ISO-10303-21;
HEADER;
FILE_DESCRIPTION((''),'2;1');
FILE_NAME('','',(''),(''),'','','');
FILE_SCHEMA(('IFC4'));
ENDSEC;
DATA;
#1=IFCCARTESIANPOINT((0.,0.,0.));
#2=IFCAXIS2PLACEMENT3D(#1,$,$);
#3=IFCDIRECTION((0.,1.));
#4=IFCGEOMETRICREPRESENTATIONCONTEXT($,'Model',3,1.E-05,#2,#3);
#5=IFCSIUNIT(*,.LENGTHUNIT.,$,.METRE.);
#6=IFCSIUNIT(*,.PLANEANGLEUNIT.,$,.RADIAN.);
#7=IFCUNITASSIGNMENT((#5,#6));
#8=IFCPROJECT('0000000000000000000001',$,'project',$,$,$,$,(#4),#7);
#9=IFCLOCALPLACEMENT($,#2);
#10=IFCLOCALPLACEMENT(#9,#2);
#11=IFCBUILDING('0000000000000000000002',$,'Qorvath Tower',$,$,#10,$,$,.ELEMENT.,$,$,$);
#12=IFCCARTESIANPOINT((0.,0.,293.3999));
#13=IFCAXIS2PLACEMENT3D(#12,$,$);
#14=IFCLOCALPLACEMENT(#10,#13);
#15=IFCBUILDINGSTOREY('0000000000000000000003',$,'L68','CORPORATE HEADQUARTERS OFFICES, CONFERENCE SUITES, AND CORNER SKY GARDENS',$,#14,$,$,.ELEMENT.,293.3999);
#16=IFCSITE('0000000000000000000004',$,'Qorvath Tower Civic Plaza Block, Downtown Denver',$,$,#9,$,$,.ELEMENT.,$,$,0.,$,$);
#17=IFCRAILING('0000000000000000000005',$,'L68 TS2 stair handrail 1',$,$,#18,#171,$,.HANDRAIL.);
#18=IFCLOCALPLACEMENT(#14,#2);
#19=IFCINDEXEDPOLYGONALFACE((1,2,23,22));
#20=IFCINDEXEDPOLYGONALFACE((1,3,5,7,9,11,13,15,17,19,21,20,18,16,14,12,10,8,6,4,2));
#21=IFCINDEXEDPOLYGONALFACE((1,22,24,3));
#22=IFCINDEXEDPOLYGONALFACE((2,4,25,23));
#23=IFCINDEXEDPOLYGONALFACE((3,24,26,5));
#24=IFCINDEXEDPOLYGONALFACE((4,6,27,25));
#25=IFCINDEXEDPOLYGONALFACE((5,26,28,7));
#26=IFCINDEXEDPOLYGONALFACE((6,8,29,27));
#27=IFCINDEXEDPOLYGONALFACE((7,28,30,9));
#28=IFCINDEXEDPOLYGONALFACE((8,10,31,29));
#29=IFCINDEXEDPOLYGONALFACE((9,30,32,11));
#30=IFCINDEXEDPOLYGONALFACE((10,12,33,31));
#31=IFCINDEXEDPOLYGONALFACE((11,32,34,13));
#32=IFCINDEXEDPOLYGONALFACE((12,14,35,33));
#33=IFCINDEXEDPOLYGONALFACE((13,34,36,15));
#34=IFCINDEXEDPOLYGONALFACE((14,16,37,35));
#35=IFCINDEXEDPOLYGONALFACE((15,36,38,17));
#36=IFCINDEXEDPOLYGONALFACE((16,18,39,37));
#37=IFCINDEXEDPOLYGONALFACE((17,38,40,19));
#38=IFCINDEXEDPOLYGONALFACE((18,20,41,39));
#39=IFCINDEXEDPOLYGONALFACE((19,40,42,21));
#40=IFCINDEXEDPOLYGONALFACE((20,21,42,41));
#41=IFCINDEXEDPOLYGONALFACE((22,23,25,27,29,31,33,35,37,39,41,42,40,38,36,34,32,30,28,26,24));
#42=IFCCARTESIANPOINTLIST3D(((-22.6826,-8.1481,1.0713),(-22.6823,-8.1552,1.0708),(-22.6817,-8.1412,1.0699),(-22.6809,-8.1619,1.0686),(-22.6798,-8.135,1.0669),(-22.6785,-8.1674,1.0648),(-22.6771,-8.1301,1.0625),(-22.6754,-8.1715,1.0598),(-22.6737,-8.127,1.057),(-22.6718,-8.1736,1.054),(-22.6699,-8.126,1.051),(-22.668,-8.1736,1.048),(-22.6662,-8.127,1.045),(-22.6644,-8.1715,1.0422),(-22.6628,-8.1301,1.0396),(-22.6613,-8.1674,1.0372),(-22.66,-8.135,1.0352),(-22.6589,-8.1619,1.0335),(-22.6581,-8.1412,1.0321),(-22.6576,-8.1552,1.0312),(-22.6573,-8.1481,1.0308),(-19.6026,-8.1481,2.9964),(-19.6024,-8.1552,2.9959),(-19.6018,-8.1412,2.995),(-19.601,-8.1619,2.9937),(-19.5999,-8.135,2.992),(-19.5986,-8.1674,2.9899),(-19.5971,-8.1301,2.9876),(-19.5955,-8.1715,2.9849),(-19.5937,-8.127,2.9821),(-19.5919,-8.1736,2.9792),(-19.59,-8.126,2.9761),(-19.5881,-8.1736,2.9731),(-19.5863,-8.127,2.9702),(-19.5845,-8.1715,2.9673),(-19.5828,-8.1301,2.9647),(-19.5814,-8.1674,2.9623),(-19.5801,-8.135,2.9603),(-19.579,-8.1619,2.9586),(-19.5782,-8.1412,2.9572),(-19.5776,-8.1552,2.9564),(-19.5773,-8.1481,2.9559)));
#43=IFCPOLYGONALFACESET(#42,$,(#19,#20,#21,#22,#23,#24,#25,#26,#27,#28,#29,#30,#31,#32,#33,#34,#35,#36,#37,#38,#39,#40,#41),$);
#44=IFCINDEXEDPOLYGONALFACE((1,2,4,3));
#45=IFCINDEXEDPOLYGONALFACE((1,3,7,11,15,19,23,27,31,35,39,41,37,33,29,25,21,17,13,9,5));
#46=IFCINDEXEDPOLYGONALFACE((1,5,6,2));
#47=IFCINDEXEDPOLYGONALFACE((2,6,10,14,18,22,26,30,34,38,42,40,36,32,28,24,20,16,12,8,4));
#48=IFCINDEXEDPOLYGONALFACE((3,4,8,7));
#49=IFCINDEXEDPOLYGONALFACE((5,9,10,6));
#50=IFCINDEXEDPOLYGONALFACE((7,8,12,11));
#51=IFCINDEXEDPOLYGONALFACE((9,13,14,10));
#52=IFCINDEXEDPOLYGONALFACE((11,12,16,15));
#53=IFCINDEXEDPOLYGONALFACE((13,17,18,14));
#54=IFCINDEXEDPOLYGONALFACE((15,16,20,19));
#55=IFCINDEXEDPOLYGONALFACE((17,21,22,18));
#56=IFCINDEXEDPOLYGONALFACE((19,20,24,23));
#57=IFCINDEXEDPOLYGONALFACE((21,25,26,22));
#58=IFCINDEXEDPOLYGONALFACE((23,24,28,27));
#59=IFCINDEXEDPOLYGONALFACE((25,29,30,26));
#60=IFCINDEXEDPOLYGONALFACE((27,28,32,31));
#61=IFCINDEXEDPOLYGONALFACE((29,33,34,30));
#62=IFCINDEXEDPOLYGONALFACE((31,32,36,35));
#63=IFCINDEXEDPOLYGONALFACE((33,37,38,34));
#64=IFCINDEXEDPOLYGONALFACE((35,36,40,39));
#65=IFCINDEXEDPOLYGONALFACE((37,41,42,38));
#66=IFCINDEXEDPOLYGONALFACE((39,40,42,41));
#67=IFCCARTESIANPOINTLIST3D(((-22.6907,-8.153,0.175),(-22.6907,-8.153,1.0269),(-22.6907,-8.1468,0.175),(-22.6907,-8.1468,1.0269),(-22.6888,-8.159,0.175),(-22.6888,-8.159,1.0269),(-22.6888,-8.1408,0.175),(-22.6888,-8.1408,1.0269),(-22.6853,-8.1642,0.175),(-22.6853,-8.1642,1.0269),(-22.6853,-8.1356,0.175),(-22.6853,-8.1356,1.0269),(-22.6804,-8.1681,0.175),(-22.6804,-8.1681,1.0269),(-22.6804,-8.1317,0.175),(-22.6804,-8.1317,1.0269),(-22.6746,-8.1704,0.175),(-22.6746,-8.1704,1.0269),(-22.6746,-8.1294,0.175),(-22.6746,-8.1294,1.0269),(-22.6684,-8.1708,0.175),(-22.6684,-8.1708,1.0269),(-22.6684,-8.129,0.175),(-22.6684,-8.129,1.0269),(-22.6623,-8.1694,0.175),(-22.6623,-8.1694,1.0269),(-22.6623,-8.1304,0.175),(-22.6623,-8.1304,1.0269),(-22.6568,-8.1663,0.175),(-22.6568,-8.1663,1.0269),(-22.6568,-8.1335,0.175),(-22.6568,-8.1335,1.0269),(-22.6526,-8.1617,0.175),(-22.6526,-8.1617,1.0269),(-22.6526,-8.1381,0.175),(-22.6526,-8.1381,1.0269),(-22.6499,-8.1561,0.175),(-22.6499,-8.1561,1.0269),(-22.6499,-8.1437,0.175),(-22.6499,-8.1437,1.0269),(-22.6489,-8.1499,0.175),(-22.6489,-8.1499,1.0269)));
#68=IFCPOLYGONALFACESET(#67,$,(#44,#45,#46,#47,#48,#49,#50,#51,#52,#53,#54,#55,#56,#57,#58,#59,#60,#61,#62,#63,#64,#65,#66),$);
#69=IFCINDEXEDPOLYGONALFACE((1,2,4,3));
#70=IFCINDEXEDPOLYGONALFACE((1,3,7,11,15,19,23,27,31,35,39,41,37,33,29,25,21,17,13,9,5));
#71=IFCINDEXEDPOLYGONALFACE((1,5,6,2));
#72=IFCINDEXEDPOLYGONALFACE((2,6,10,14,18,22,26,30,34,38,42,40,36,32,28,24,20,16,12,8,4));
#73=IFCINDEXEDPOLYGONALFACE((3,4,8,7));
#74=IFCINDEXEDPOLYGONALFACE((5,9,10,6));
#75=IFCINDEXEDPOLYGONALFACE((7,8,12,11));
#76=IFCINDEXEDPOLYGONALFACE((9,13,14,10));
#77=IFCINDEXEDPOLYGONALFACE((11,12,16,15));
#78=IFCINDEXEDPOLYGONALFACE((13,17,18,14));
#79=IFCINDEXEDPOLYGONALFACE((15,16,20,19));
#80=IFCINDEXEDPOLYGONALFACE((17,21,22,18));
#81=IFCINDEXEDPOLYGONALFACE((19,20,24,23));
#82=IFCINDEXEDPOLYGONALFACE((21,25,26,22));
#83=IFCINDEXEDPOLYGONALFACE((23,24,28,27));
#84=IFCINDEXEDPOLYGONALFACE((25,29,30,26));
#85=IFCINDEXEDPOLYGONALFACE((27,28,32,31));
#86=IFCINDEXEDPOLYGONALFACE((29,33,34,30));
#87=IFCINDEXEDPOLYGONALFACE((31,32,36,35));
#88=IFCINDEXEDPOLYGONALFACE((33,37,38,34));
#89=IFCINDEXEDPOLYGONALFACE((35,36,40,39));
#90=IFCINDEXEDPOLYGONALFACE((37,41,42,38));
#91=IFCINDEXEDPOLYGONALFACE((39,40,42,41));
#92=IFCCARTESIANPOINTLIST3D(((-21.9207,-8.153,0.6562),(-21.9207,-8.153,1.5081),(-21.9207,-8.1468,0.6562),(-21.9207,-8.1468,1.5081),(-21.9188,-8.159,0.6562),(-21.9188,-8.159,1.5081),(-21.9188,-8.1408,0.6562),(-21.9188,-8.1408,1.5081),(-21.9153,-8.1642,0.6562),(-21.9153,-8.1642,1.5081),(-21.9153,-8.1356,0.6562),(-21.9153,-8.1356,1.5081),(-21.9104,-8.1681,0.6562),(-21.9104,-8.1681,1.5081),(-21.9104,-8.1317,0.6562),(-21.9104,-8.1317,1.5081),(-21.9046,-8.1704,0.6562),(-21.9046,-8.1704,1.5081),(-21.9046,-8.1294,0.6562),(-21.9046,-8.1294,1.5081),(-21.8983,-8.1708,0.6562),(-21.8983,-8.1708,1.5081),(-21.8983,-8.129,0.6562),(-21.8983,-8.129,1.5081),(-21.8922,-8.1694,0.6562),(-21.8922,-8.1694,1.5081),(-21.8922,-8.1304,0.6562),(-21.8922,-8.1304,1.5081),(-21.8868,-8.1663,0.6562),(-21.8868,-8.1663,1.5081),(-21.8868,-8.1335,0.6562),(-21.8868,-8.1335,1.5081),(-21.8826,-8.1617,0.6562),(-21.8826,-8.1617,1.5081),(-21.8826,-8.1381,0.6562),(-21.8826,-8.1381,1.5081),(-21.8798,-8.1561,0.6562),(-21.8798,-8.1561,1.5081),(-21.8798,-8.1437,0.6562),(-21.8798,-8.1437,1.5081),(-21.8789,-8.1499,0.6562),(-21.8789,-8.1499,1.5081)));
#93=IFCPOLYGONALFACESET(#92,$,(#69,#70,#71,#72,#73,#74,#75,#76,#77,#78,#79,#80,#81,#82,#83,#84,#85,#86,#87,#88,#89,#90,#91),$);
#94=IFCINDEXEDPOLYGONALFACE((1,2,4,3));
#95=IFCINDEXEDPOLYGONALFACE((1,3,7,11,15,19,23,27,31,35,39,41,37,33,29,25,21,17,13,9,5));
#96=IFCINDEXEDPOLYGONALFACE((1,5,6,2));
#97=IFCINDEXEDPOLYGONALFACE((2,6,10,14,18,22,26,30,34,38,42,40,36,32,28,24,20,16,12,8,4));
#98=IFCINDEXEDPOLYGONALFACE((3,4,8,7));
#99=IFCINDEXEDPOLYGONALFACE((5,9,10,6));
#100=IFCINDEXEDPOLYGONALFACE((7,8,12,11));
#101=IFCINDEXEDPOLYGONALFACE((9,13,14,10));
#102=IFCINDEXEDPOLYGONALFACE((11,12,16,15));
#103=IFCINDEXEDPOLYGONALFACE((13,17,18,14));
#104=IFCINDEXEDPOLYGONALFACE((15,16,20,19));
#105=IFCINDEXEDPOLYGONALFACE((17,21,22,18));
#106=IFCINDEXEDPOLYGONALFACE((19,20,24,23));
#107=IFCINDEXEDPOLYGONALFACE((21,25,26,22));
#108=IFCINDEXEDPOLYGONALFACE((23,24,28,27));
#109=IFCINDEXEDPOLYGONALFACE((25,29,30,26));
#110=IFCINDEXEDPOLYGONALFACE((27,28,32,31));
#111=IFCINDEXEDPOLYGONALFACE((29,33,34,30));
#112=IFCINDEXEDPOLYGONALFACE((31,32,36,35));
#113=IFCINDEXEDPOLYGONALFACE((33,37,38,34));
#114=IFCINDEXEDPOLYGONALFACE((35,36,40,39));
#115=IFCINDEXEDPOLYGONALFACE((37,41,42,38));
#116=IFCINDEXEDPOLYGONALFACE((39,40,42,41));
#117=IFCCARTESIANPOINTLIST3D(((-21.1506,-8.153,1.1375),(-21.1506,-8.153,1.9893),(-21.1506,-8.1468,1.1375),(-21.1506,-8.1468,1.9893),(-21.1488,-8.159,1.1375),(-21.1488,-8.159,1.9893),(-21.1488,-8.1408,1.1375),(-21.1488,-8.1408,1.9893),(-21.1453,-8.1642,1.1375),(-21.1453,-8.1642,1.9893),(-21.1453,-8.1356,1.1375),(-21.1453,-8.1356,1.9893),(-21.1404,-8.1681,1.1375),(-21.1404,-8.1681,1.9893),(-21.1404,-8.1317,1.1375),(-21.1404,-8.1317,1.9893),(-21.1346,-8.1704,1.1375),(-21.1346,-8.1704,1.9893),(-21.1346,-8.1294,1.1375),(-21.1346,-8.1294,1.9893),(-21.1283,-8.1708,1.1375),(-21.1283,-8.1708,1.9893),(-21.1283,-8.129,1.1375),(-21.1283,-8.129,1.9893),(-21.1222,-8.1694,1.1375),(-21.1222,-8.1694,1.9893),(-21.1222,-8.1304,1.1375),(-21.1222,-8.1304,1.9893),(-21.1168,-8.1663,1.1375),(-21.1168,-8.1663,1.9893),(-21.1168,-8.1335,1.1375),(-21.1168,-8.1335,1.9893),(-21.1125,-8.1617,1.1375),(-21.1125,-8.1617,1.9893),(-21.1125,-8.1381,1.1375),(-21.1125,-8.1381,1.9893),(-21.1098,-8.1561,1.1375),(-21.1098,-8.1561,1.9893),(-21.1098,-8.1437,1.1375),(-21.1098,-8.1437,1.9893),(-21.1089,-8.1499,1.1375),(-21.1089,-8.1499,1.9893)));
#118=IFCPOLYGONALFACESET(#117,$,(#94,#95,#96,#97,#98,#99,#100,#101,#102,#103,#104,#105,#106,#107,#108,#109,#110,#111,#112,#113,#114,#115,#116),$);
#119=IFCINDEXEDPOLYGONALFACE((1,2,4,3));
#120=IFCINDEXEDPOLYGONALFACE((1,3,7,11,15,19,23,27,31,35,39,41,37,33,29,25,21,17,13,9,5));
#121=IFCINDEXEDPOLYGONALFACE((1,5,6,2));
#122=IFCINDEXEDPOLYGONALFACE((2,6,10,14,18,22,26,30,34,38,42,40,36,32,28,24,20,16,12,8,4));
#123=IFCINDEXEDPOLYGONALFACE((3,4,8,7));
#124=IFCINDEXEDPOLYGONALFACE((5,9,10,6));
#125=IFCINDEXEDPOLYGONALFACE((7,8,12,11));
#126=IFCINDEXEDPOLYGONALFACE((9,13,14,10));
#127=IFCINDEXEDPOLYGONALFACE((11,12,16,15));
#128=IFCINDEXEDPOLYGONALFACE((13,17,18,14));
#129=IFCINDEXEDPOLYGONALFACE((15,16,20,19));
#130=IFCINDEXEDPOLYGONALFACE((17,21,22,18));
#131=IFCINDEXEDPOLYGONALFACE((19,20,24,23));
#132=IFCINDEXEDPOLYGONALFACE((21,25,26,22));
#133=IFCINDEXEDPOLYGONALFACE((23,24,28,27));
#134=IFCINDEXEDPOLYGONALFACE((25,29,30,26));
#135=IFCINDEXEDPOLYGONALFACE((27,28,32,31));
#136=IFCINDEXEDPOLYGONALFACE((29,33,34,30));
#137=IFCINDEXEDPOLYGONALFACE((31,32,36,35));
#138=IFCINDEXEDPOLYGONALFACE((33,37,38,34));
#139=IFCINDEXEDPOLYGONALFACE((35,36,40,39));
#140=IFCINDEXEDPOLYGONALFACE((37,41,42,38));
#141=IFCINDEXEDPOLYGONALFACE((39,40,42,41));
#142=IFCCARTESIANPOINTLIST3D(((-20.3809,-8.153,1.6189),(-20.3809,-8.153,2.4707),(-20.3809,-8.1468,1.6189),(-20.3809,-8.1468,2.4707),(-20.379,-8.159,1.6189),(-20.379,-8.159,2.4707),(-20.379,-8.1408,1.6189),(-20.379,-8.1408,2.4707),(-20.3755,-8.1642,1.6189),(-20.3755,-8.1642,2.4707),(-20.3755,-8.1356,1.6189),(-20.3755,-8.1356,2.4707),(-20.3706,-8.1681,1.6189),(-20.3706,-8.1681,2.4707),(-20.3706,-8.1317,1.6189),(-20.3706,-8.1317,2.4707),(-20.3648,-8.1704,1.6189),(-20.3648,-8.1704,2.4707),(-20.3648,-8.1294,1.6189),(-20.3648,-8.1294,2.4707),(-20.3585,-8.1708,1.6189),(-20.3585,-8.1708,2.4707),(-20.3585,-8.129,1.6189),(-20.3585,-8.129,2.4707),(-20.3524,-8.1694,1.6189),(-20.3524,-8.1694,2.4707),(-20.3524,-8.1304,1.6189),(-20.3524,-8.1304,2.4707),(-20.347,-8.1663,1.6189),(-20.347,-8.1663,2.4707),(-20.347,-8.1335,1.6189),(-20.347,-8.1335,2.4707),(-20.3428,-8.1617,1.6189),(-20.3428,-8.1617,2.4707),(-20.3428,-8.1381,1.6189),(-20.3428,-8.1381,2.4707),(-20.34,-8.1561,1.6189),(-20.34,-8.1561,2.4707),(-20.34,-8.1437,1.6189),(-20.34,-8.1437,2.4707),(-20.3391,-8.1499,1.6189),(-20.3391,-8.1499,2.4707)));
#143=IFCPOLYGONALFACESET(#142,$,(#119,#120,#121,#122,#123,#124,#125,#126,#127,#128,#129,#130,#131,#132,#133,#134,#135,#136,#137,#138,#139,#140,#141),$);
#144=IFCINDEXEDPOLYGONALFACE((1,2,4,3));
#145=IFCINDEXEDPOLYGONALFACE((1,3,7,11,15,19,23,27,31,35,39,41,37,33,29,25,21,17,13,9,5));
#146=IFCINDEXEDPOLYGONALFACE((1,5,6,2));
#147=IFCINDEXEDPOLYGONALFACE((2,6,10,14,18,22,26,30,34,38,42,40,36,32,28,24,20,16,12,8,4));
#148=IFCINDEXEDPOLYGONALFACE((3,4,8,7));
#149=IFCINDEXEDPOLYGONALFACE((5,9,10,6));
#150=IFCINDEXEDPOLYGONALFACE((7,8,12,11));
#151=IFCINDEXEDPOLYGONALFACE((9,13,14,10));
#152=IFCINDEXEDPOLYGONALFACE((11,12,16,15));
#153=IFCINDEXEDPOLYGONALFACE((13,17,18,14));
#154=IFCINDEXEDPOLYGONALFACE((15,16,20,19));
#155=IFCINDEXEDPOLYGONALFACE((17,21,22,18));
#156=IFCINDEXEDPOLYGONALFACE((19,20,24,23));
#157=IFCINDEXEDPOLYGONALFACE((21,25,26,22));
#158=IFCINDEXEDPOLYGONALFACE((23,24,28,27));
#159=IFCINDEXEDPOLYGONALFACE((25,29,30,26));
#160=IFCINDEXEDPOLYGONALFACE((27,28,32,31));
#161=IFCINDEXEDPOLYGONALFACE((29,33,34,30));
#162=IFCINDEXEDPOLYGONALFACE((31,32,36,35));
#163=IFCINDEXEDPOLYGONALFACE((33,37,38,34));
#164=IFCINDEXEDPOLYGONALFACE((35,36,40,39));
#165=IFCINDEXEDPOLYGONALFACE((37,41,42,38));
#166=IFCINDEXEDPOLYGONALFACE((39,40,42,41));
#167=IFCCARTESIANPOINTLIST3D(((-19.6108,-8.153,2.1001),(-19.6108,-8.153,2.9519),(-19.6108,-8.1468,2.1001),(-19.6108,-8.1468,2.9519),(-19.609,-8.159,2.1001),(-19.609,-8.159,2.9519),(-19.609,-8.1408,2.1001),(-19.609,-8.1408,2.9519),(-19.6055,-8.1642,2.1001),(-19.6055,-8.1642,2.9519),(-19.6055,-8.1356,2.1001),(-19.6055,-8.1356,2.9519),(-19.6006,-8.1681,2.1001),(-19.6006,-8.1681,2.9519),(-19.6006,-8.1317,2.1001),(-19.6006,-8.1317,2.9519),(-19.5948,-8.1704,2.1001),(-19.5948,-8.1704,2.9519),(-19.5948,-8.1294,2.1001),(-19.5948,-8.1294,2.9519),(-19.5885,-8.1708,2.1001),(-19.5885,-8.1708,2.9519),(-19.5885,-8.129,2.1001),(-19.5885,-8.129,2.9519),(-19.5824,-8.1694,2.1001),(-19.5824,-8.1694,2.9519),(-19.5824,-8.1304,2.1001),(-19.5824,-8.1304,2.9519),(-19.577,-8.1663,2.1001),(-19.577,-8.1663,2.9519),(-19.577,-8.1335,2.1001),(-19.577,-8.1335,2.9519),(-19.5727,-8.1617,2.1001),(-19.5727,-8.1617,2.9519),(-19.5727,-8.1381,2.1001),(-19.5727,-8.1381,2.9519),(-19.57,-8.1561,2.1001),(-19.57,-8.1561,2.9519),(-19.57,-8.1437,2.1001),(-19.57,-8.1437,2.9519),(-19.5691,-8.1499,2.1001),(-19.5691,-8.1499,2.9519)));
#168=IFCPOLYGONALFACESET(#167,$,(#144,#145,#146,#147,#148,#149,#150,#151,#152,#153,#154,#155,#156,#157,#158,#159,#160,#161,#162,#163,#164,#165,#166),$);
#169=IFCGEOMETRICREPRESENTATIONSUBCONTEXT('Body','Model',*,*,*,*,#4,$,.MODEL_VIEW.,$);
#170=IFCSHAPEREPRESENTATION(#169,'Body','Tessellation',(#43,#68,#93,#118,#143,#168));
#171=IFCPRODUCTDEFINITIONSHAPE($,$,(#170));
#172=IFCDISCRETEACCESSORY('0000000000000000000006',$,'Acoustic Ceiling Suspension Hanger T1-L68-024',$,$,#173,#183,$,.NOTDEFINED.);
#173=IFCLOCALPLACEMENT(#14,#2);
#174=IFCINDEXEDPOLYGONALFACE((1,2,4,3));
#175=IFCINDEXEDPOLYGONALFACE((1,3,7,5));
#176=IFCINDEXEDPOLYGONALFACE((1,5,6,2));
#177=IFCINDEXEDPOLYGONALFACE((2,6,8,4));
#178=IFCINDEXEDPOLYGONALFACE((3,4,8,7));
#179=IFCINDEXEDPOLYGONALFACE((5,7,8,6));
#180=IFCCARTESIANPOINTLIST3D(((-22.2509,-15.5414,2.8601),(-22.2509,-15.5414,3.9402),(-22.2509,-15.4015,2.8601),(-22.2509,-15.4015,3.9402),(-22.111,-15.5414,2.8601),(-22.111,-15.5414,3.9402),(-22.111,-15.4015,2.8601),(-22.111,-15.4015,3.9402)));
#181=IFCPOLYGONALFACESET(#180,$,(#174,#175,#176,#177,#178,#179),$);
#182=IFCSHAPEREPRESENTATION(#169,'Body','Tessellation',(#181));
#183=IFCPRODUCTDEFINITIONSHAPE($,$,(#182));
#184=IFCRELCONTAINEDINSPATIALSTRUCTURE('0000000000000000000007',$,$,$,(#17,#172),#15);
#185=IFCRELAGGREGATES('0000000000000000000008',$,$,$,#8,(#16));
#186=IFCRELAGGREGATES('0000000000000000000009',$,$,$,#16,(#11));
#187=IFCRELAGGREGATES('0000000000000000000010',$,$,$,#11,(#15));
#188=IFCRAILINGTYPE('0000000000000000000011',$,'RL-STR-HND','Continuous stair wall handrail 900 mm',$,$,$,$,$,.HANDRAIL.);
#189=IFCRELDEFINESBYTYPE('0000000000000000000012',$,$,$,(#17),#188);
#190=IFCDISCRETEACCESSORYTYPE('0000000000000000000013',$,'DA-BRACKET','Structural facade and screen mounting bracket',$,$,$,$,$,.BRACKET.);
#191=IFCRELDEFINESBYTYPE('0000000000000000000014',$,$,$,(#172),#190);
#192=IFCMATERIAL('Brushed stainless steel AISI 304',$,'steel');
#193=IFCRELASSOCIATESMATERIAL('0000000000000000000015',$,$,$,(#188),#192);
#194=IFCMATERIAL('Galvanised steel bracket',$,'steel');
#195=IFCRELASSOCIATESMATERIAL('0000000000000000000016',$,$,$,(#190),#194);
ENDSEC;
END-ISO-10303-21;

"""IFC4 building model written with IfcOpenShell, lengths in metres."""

from ifc_helpers import new_model, si_unit, direction, frame, origin, origin_2d, place, context, subcontext, project, spatial, rectangle, circle, extrude, material, type_object, element, save


model = new_model("IFC4")

# Units and contexts
model_context = context("Model", 3, precision=1e-05, world=origin(), true_north=direction((0.0, 1.0)))
body_context = subcontext(model_context, "Body", "Model", "MODEL_VIEW")
ifc_project = project(units=[si_unit("LENGTHUNIT", "METRE"), si_unit("PLANEANGLEUNIT", "RADIAN")], contexts=[model_context])

# Site, building, storey
site_placement = place(None, origin())
site = spatial("IfcSite", under=ifc_project, at=site_placement, Name="Qorvath Tower Civic Plaza Block, Downtown Denver", CompositionType="ELEMENT", RefElevation=0.0)
building_placement = place(site_placement, origin())
building = spatial("IfcBuilding", under=site, at=building_placement, Name="Qorvath Tower", CompositionType="ELEMENT")
storey_placement = place(building_placement, frame((0.0, 0.0, 293.3999)))
storey = spatial("IfcBuildingStorey", under=building, at=storey_placement, Name="L68", Description="CORPORATE HEADQUARTERS OFFICES, CONFERENCE SUITES, AND CORNER SKY GARDENS", CompositionType="ELEMENT", Elevation=293.3999)

# Railing
ifc_material_1 = material(Name="Brushed stainless steel AISI 304", Category="steel")
railing_type_1 = type_object("IfcRailingType", Name="RL-STR-HND", Description="Continuous stair wall handrail 900 mm", PredefinedType="HANDRAIL", material=ifc_material_1)
railing_1_placement = place(storey_placement, frame((-22.6699, -8.1499, 0.175)))
element("IfcRailing", 1, at=railing_1_placement, inside=storey, type_object=railing_type_1, Name="L68 TS2 stair handrail 1", PredefinedType="HANDRAIL", context=body_context, shape_type="SweptSolid", body=[
    extrude(circle(Radius=0.0239, at=origin_2d()), frame((0.0, 0.0, 0.876), z_axis=(0.847979, 0.0, 0.530029), x_axis=(0.0, 1.0, 0.0)), (0.0, 0.0, 1.0), 3.6321),
    extrude(circle(Radius=0.021, at=origin_2d()), origin(), (0.0, 0.0, 1.0), 0.8518),
    extrude(circle(Radius=0.021, at=origin_2d()), frame((0.77, 0.0, 0.4812)), (0.0, 0.0, 1.0), 0.8518),
    extrude(circle(Radius=0.021, at=origin_2d()), frame((1.54, 0.0, 0.9624)), (0.0, 0.0, 1.0), 0.8518),
    extrude(circle(Radius=0.021, at=origin_2d()), frame((2.3098, 0.0, 1.4438)), (0.0, 0.0, 1.0), 0.8518),
    extrude(circle(Radius=0.021, at=origin_2d()), frame((3.0798, 0.0, 1.925)), (0.0, 0.0, 1.0), 0.8518),
])

# Discrete accessory
ifc_material_2 = material(Name="Galvanised steel bracket", Category="steel")
discrete_accessory_type = type_object("IfcDiscreteAccessoryType", Name="DA-BRACKET", Description="Structural facade and screen mounting bracket", PredefinedType="BRACKET", material=ifc_material_2)
discrete_accessory_placement = place(storey_placement, frame((-22.1809, -15.4714, 2.8601), z_axis=(0.0, 0.0, 1.0), x_axis=(1.0, 0.0, 0.0)))
element("IfcDiscreteAccessory", 2, at=discrete_accessory_placement, inside=storey, type_object=discrete_accessory_type, Name="Acoustic Ceiling Suspension Hanger T1-L68-024", PredefinedType="NOTDEFINED", context=body_context, shape_type="SweptSolid", body=[
    extrude(rectangle(XDim=0.1399, YDim=0.1399, at=origin_2d()), origin(), (0.0, 0.0, 1.0), 1.0801),
])

save(model, "model.ifc")
